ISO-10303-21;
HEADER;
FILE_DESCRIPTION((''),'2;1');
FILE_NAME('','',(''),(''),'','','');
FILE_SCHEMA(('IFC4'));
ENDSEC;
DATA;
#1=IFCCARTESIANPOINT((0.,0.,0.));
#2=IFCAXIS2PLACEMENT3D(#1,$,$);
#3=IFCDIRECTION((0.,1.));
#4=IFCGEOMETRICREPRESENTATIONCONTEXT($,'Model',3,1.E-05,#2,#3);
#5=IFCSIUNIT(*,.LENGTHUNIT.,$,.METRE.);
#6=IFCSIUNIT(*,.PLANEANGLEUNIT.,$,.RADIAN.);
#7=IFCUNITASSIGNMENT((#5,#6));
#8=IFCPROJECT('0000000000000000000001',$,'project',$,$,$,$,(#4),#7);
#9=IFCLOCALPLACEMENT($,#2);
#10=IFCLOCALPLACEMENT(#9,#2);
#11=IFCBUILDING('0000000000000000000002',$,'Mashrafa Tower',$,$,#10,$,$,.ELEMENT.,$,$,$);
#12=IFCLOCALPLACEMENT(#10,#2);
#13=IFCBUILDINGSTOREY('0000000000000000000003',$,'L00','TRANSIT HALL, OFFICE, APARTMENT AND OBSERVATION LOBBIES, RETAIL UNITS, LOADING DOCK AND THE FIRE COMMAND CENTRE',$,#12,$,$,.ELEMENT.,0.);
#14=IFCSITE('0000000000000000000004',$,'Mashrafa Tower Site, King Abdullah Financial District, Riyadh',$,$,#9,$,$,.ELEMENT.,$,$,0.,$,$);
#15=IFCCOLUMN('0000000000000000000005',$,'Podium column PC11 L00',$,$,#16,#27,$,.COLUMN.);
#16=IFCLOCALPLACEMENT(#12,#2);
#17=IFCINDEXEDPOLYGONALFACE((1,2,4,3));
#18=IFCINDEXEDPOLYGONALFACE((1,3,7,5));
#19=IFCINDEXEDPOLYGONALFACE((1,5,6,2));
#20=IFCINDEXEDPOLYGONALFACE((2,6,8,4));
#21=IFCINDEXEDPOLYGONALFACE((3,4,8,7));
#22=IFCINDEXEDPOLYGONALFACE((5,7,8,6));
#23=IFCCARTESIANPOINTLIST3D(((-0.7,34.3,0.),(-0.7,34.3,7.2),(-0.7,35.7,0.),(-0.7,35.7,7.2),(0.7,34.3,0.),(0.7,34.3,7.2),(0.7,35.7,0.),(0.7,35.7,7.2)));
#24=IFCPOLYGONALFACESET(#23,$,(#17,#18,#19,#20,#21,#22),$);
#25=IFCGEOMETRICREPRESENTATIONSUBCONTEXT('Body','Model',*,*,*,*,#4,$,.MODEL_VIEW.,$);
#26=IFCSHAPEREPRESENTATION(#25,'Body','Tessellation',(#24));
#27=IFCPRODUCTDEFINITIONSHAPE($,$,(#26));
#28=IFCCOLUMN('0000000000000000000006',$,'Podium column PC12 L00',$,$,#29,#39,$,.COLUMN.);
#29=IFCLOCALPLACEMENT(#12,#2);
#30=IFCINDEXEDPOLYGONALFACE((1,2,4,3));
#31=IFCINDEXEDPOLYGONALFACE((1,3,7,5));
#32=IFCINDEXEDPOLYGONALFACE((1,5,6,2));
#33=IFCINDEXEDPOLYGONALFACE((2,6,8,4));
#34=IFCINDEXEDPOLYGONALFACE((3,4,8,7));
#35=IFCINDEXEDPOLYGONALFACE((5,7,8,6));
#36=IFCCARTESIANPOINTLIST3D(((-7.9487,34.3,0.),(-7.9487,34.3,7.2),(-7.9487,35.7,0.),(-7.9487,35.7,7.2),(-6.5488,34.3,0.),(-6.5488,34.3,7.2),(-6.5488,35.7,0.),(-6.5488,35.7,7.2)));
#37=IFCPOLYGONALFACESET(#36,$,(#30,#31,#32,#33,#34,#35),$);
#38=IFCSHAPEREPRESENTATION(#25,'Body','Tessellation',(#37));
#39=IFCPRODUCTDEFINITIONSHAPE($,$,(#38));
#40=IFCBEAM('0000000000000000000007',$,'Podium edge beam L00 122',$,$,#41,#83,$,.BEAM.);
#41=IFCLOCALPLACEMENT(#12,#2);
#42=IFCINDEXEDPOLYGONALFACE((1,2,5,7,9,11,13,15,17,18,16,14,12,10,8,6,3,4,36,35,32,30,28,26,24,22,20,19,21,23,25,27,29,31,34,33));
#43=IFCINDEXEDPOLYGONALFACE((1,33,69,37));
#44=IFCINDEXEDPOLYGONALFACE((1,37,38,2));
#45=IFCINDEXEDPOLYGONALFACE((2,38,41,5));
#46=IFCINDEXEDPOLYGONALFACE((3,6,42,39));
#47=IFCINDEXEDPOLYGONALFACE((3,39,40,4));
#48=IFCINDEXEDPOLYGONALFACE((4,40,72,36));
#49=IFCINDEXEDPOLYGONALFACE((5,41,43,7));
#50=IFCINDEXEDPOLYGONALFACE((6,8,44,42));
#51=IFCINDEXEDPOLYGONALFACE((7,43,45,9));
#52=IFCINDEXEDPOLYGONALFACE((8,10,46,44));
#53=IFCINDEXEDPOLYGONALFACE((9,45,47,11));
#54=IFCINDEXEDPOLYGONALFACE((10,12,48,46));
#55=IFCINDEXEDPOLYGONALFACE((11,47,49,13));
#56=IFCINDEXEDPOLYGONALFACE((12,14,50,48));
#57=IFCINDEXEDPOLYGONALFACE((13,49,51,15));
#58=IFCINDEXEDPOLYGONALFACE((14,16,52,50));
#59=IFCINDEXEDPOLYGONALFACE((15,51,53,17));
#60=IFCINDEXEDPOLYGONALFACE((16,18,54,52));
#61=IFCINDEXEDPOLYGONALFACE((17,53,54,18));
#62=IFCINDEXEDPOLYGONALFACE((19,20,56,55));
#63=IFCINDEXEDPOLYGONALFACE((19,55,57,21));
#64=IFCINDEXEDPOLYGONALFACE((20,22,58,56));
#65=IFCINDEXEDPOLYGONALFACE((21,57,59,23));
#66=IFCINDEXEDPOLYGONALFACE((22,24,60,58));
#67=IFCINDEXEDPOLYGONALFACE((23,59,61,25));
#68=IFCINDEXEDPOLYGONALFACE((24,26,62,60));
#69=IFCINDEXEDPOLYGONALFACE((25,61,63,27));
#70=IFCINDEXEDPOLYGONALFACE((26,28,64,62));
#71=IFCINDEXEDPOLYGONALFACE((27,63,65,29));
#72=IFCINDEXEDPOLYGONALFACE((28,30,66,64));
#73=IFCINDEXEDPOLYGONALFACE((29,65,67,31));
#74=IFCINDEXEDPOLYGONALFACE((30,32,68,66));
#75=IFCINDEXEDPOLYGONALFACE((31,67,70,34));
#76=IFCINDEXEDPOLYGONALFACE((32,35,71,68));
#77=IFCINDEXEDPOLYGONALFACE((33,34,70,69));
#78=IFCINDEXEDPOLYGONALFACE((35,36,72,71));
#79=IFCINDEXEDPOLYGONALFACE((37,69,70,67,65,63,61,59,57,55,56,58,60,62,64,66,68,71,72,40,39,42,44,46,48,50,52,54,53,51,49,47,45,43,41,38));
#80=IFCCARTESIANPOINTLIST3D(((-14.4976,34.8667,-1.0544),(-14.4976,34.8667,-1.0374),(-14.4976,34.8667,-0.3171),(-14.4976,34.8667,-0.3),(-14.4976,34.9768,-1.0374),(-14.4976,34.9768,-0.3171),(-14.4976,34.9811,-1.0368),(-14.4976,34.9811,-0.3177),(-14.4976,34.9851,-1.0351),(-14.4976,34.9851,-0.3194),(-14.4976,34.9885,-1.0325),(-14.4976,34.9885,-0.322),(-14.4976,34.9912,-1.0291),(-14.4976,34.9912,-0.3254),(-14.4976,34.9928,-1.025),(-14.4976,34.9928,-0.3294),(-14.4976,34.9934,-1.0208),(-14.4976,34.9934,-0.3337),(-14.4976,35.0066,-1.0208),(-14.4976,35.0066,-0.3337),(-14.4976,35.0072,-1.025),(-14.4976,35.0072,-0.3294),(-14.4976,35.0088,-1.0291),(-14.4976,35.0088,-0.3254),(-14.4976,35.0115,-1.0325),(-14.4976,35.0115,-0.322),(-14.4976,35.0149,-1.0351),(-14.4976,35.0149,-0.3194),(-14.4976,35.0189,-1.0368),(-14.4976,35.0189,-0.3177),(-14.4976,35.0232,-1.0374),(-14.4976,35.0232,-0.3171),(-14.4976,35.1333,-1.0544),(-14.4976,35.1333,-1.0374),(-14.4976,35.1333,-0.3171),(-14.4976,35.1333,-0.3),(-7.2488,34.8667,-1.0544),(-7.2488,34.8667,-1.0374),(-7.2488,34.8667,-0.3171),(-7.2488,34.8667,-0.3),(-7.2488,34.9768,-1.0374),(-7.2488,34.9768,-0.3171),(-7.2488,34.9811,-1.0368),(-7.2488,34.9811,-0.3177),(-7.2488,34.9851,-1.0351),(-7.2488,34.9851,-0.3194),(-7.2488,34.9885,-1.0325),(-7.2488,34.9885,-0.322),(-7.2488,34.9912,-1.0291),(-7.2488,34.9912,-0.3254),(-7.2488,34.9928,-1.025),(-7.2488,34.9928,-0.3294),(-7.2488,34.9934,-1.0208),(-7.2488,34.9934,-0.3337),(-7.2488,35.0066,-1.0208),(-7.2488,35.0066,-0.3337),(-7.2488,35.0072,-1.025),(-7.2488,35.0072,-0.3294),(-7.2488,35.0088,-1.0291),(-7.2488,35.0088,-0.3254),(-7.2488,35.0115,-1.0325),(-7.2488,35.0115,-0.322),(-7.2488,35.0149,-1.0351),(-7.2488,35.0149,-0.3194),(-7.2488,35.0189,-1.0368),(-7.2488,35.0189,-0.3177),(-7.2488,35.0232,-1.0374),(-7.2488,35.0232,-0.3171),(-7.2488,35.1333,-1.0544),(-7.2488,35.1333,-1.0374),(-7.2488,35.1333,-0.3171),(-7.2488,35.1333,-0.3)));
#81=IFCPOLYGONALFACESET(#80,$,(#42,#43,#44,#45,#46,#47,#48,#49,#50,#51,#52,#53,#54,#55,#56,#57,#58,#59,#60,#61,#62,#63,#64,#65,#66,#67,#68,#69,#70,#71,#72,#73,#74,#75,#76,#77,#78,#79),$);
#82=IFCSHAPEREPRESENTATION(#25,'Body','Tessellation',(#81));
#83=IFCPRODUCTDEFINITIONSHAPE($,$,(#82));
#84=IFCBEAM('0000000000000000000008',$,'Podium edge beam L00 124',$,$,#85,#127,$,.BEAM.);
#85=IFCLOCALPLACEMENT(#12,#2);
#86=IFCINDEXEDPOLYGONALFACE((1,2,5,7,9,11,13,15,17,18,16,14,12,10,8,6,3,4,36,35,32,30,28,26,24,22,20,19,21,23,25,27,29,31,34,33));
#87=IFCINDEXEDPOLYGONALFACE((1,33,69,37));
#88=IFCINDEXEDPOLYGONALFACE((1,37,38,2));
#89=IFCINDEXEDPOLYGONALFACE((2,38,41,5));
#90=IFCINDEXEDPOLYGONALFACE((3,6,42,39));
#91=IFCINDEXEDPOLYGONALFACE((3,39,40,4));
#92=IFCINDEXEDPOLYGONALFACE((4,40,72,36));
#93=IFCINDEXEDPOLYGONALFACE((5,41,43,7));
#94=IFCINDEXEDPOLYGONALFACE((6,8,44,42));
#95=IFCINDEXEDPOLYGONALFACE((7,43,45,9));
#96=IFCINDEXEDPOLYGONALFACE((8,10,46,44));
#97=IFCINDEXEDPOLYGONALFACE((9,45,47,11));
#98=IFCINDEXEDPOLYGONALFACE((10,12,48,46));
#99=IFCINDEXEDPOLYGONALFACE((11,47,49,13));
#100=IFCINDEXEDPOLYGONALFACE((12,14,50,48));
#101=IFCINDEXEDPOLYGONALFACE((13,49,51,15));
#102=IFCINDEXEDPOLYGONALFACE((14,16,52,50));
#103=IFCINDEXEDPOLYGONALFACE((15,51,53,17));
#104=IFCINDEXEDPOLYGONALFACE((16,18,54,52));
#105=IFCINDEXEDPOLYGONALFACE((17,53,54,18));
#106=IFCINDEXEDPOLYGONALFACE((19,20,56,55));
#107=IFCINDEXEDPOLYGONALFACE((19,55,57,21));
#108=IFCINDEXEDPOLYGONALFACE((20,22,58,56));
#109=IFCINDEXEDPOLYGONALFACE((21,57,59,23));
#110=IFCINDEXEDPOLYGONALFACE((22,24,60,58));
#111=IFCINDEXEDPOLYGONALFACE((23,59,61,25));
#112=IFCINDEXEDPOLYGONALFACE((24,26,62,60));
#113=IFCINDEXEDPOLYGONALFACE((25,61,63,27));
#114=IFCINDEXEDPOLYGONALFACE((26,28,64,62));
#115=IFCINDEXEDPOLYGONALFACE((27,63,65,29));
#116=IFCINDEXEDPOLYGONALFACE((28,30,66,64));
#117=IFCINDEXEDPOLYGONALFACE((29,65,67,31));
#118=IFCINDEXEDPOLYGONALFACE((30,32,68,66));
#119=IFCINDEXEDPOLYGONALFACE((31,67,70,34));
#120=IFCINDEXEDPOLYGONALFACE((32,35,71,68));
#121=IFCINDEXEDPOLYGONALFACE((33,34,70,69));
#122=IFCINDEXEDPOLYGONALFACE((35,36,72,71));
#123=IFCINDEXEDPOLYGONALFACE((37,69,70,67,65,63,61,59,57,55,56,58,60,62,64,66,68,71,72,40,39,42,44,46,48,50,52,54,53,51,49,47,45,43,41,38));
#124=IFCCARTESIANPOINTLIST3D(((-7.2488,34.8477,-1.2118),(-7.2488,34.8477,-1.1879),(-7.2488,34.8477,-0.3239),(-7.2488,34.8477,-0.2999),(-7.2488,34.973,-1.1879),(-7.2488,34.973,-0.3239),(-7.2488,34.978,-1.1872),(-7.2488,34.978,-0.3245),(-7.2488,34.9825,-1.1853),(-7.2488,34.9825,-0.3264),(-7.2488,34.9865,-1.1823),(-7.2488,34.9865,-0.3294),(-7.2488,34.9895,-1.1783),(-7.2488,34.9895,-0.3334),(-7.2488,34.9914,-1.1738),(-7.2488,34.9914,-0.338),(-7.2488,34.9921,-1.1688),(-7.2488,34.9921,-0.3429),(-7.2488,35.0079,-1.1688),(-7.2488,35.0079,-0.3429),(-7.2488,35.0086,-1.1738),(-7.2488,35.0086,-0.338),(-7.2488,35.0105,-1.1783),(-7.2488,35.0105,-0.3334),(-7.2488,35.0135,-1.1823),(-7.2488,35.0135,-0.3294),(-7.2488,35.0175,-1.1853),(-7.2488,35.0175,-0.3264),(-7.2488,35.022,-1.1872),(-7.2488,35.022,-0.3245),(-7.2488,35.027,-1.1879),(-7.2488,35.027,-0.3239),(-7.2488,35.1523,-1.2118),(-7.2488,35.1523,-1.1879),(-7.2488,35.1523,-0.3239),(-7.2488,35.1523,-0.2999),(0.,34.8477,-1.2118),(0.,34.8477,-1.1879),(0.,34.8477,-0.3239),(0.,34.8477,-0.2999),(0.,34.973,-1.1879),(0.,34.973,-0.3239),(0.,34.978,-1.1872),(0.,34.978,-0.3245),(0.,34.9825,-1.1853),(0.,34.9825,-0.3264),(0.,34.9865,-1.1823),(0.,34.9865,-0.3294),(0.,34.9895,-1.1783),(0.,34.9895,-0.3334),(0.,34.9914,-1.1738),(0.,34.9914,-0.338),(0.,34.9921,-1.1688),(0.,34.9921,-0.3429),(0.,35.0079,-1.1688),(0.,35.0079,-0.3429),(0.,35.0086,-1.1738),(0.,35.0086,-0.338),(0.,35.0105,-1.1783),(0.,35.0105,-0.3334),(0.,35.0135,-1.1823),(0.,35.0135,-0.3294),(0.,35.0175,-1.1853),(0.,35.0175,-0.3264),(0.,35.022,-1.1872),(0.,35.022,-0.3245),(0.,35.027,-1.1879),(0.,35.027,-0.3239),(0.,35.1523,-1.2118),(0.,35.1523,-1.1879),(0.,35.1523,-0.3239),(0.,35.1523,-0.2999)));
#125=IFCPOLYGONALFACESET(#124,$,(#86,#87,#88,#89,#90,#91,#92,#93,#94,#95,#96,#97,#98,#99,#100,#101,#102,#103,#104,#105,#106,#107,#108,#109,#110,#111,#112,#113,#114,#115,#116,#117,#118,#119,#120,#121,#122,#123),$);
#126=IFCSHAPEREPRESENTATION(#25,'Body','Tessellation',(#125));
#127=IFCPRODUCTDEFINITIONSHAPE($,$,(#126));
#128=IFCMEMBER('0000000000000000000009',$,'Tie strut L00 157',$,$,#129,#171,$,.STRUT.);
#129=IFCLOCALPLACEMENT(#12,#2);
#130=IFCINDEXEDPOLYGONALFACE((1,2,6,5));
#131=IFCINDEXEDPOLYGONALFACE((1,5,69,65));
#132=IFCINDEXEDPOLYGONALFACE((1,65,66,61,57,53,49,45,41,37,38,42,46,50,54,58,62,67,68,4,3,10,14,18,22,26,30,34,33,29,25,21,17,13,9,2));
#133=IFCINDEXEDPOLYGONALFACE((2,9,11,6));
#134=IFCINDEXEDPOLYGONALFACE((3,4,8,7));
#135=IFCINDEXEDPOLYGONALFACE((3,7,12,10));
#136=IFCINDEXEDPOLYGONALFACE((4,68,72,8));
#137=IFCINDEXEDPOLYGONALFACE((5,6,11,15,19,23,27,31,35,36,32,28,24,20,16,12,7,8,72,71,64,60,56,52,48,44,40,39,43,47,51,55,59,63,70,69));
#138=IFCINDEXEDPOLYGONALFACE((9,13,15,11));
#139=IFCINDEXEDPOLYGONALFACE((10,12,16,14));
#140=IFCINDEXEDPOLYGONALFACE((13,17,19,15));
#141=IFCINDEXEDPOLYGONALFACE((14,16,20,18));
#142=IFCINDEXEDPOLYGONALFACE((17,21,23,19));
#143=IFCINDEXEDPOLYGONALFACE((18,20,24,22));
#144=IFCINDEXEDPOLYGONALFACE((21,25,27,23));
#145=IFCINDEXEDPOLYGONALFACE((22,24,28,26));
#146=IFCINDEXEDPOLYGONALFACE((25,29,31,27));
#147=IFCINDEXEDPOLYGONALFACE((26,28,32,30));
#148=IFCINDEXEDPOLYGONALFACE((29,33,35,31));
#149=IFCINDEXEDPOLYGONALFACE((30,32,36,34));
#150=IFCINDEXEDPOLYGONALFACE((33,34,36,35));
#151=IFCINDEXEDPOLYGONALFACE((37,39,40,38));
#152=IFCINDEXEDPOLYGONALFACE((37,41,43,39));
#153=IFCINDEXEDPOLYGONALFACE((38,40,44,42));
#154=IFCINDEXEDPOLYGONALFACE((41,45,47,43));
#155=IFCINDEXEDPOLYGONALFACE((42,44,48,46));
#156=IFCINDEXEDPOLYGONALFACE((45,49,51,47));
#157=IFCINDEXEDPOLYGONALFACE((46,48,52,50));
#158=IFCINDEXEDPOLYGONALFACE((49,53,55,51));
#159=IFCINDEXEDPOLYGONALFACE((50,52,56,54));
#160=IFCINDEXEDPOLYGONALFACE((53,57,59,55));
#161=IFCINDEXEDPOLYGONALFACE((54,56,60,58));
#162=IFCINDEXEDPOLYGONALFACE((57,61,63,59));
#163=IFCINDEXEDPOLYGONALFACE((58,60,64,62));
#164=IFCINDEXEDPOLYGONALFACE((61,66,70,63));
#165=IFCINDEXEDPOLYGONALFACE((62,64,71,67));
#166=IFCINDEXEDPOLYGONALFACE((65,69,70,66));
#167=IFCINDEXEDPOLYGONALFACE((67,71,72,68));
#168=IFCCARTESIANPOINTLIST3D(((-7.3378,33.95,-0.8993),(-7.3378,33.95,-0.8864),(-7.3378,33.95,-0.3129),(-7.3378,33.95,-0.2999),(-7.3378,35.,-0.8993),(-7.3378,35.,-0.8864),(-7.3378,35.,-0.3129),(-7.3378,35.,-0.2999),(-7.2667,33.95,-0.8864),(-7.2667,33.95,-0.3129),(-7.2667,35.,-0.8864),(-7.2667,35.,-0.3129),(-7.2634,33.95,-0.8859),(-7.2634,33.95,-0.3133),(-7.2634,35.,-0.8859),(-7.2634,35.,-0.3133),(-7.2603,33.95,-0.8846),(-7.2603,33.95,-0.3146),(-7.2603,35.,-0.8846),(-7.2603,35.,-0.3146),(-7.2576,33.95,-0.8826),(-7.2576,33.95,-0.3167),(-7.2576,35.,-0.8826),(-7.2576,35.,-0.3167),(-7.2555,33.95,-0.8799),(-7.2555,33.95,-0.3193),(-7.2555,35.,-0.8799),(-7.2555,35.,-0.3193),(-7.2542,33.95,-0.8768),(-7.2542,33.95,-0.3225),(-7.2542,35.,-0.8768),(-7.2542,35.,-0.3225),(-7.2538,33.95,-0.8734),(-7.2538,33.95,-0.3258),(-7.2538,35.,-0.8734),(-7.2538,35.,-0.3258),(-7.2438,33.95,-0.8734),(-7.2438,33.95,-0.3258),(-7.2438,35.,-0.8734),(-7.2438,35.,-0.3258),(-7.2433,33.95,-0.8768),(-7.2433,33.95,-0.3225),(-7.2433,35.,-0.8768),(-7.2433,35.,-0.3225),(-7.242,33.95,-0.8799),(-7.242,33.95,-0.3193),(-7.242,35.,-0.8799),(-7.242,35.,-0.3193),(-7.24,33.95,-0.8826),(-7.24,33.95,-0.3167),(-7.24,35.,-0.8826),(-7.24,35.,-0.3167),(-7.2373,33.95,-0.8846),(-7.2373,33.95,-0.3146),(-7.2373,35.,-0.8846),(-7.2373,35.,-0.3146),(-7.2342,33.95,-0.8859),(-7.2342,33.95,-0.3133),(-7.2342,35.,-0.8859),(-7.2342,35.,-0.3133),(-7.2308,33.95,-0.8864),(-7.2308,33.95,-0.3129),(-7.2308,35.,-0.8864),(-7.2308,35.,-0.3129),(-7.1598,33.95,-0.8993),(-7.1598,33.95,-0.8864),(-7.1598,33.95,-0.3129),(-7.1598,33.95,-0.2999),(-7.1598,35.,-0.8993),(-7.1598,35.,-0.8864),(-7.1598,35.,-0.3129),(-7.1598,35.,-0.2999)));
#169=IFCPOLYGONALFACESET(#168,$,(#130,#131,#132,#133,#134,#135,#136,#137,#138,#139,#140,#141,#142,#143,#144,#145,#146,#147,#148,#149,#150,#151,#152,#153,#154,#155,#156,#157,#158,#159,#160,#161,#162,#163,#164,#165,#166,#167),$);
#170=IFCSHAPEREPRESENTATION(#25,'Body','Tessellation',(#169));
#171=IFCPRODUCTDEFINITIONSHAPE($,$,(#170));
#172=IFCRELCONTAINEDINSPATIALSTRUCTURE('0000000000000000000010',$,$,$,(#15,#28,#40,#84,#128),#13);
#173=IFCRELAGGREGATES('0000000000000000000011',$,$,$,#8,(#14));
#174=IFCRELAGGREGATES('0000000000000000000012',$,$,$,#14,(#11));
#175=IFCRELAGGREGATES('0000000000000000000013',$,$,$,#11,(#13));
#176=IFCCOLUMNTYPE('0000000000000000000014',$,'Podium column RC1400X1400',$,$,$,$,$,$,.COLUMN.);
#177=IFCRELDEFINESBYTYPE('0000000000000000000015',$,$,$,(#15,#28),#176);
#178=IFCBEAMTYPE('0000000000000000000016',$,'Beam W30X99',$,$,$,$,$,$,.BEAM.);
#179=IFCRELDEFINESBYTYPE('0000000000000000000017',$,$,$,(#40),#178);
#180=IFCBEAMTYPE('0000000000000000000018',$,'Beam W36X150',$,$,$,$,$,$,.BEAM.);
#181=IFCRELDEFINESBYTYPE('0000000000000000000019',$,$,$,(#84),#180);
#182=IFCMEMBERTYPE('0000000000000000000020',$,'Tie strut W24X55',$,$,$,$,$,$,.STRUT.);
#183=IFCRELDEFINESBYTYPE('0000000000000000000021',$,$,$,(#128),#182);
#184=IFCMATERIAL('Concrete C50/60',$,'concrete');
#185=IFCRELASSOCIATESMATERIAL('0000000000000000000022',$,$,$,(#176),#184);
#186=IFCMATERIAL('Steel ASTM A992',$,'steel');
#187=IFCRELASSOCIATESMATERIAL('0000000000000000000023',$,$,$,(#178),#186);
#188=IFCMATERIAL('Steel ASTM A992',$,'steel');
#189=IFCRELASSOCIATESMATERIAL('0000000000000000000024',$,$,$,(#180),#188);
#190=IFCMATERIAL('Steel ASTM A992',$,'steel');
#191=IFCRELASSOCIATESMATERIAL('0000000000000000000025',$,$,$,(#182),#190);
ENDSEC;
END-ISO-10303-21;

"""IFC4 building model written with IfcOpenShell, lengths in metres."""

from ifc_helpers import new_model, si_unit, direction, frame, origin, origin_2d, place, context, subcontext, project, spatial, rectangle, i_section, extrude, source, transform, mapped, material, material_profile, profile_set, type_object, type_shapes, element, save


model = new_model("IFC4")

# Units and contexts
model_context = context("Model", 3, precision=1e-05, world=origin(), true_north=direction((0.0, 1.0)))
body_context = subcontext(model_context, "Body", "Model", "MODEL_VIEW")
ifc_project = project(units=[si_unit("LENGTHUNIT", "METRE"), si_unit("PLANEANGLEUNIT", "RADIAN")], contexts=[model_context])

# Site, building, storey
site_placement = place(None, origin())
site = spatial("IfcSite", under=ifc_project, at=site_placement, Name="Mashrafa Tower Site, King Abdullah Financial District, Riyadh", CompositionType="ELEMENT", RefElevation=0.0)
building_placement = place(site_placement, origin())
building = spatial("IfcBuilding", under=site, at=building_placement, Name="Mashrafa Tower", CompositionType="ELEMENT")
storey_placement = place(building_placement, origin())
storey = spatial("IfcBuildingStorey", under=building, at=storey_placement, Name="L00", Description="TRANSIT HALL, OFFICE, APARTMENT AND OBSERVATION LOBBIES, RETAIL UNITS, LOADING DOCK AND THE FIRE COMMAND CENTRE", CompositionType="ELEMENT", Elevation=0.0)

# Columns
ifc_material_1 = material(Name="Concrete C50/60", Category="concrete")
ifc_material_profile_1 = material_profile(ifc_material_1, rectangle(XDim=1.3999, YDim=1.3999, at=origin_2d()), Name="RC1400X1400")
ifc_profile_set_1 = profile_set([ifc_material_profile_1], Name="Concrete C50/60")
column_type = type_object("IfcColumnType", Name="Podium column RC1400X1400", PredefinedType="COLUMN", material=ifc_profile_set_1)
for number, where, z_axis, x_axis, name in (
    (1, (0.0, 35.0, 0.0), (0.0, 0.0, 1.0), (1.0, 0.0, 0.0), "Podium column PC11 L00"),
    (2, (-7.2488, 35.0, 0.0), (0.0, 0.0, 1.0), (1.0, 0.0, 0.0), "Podium column PC12 L00"),
):
    element("IfcColumn", number, at=place(storey_placement, frame(where, z_axis=z_axis, x_axis=x_axis)), inside=storey, type_object=column_type, Name=name, PredefinedType="COLUMN", context=body_context, shape_type="SweptSolid", body=[
        extrude(rectangle(XDim=1.3999, YDim=1.3999, at=origin_2d()), origin(), (0.0, 0.0, 1.0), 7.2),
    ])

# Beams
ifc_material_2 = material(Name="Steel ASTM A992", Category="steel")
ifc_material_profile_2 = material_profile(ifc_material_2, i_section(OverallWidth=0.2666, OverallDepth=0.7544, WebThickness=0.0132, FlangeThickness=0.0171, FilletRadius=0.0166, at=origin_2d()), Name="W30X99")
ifc_profile_set_2 = profile_set([ifc_material_profile_2], Name="Steel ASTM A992")
beam_type_1 = type_object("IfcBeamType", Name="Beam W30X99", PredefinedType="BEAM", material=ifc_profile_set_2)
beam_1_placement = place(storey_placement, frame((-7.2488, 35.0, -0.6772), z_axis=(-1.0, 0.0, 0.0), x_axis=(0.0, -1.0, 0.0)))
element("IfcBeam", 3, at=beam_1_placement, inside=storey, type_object=beam_type_1, Name="Podium edge beam L00 122", PredefinedType="BEAM", context=body_context, shape_type="SweptSolid", body=[
    extrude(i_section(OverallWidth=0.2666, OverallDepth=0.7544, WebThickness=0.0132, FlangeThickness=0.0171, FilletRadius=0.0166, at=origin_2d()), origin(), (0.0, 0.0, 1.0), 7.2488),
])
ifc_material_3 = material(Name="Steel ASTM A992", Category="steel")
ifc_material_profile_3 = material_profile(ifc_material_3, i_section(OverallWidth=0.3047, OverallDepth=0.9119, WebThickness=0.0159, FlangeThickness=0.0239, FilletRadius=0.019, at=origin_2d()), Name="W36X150")
ifc_profile_set_3 = profile_set([ifc_material_profile_3], Name="Steel ASTM A992")
beam_type_2 = type_object("IfcBeamType", Name="Beam W36X150", PredefinedType="BEAM", material=ifc_profile_set_3)
beam_2_placement = place(storey_placement, frame((0.0, 35.0, -0.7559), z_axis=(-1.0, 0.0, 0.0), x_axis=(0.0, -1.0, 0.0)))
element("IfcBeam", 4, at=beam_2_placement, inside=storey, type_object=beam_type_2, Name="Podium edge beam L00 124", PredefinedType="BEAM", context=body_context, shape_type="SweptSolid", body=[
    extrude(i_section(OverallWidth=0.3047, OverallDepth=0.9119, WebThickness=0.0159, FlangeThickness=0.0239, FilletRadius=0.019, at=origin_2d()), origin(), (0.0, 0.0, 1.0), 7.2488),
])

# Member
ifc_material_4 = material(Name="Steel ASTM A992", Category="steel")
ifc_material_profile_4 = material_profile(ifc_material_4, i_section(OverallWidth=0.178, OverallDepth=0.5994, WebThickness=0.01, FlangeThickness=0.0129, FilletRadius=0.0129, at=origin_2d()), Name="W24X55")
ifc_profile_set_4 = profile_set([ifc_material_profile_4], Name="Steel ASTM A992")
member_type_1 = type_object("IfcMemberType", Name="Tie strut W24X55", PredefinedType="STRUT", material=ifc_profile_set_4)
shared_shape_1 = source(origin(), body_context, "Body", "SweptSolid", [
    extrude(i_section(OverallWidth=0.178, OverallDepth=0.5994, WebThickness=0.01, FlangeThickness=0.0129, FilletRadius=0.0129, at=origin_2d()), origin(), (0.0, 0.0, 1.0), 1.05),
])
type_shapes(member_type_1, [shared_shape_1])
member_1_placement = place(storey_placement, frame((-7.2488, 33.95, -0.5996), z_axis=(0.0, 1.0, 0.0), x_axis=(-1.0, 0.0, 0.0)))
element("IfcMember", 5, at=member_1_placement, inside=storey, type_object=member_type_1, Name="Tie strut L00 157", PredefinedType="STRUT", context=body_context, shape_type="MappedRepresentation", body=[
    mapped(shared_shape_1, transform((0.0, 0.0, 0.0))),
])

save(model, "model.ifc")
